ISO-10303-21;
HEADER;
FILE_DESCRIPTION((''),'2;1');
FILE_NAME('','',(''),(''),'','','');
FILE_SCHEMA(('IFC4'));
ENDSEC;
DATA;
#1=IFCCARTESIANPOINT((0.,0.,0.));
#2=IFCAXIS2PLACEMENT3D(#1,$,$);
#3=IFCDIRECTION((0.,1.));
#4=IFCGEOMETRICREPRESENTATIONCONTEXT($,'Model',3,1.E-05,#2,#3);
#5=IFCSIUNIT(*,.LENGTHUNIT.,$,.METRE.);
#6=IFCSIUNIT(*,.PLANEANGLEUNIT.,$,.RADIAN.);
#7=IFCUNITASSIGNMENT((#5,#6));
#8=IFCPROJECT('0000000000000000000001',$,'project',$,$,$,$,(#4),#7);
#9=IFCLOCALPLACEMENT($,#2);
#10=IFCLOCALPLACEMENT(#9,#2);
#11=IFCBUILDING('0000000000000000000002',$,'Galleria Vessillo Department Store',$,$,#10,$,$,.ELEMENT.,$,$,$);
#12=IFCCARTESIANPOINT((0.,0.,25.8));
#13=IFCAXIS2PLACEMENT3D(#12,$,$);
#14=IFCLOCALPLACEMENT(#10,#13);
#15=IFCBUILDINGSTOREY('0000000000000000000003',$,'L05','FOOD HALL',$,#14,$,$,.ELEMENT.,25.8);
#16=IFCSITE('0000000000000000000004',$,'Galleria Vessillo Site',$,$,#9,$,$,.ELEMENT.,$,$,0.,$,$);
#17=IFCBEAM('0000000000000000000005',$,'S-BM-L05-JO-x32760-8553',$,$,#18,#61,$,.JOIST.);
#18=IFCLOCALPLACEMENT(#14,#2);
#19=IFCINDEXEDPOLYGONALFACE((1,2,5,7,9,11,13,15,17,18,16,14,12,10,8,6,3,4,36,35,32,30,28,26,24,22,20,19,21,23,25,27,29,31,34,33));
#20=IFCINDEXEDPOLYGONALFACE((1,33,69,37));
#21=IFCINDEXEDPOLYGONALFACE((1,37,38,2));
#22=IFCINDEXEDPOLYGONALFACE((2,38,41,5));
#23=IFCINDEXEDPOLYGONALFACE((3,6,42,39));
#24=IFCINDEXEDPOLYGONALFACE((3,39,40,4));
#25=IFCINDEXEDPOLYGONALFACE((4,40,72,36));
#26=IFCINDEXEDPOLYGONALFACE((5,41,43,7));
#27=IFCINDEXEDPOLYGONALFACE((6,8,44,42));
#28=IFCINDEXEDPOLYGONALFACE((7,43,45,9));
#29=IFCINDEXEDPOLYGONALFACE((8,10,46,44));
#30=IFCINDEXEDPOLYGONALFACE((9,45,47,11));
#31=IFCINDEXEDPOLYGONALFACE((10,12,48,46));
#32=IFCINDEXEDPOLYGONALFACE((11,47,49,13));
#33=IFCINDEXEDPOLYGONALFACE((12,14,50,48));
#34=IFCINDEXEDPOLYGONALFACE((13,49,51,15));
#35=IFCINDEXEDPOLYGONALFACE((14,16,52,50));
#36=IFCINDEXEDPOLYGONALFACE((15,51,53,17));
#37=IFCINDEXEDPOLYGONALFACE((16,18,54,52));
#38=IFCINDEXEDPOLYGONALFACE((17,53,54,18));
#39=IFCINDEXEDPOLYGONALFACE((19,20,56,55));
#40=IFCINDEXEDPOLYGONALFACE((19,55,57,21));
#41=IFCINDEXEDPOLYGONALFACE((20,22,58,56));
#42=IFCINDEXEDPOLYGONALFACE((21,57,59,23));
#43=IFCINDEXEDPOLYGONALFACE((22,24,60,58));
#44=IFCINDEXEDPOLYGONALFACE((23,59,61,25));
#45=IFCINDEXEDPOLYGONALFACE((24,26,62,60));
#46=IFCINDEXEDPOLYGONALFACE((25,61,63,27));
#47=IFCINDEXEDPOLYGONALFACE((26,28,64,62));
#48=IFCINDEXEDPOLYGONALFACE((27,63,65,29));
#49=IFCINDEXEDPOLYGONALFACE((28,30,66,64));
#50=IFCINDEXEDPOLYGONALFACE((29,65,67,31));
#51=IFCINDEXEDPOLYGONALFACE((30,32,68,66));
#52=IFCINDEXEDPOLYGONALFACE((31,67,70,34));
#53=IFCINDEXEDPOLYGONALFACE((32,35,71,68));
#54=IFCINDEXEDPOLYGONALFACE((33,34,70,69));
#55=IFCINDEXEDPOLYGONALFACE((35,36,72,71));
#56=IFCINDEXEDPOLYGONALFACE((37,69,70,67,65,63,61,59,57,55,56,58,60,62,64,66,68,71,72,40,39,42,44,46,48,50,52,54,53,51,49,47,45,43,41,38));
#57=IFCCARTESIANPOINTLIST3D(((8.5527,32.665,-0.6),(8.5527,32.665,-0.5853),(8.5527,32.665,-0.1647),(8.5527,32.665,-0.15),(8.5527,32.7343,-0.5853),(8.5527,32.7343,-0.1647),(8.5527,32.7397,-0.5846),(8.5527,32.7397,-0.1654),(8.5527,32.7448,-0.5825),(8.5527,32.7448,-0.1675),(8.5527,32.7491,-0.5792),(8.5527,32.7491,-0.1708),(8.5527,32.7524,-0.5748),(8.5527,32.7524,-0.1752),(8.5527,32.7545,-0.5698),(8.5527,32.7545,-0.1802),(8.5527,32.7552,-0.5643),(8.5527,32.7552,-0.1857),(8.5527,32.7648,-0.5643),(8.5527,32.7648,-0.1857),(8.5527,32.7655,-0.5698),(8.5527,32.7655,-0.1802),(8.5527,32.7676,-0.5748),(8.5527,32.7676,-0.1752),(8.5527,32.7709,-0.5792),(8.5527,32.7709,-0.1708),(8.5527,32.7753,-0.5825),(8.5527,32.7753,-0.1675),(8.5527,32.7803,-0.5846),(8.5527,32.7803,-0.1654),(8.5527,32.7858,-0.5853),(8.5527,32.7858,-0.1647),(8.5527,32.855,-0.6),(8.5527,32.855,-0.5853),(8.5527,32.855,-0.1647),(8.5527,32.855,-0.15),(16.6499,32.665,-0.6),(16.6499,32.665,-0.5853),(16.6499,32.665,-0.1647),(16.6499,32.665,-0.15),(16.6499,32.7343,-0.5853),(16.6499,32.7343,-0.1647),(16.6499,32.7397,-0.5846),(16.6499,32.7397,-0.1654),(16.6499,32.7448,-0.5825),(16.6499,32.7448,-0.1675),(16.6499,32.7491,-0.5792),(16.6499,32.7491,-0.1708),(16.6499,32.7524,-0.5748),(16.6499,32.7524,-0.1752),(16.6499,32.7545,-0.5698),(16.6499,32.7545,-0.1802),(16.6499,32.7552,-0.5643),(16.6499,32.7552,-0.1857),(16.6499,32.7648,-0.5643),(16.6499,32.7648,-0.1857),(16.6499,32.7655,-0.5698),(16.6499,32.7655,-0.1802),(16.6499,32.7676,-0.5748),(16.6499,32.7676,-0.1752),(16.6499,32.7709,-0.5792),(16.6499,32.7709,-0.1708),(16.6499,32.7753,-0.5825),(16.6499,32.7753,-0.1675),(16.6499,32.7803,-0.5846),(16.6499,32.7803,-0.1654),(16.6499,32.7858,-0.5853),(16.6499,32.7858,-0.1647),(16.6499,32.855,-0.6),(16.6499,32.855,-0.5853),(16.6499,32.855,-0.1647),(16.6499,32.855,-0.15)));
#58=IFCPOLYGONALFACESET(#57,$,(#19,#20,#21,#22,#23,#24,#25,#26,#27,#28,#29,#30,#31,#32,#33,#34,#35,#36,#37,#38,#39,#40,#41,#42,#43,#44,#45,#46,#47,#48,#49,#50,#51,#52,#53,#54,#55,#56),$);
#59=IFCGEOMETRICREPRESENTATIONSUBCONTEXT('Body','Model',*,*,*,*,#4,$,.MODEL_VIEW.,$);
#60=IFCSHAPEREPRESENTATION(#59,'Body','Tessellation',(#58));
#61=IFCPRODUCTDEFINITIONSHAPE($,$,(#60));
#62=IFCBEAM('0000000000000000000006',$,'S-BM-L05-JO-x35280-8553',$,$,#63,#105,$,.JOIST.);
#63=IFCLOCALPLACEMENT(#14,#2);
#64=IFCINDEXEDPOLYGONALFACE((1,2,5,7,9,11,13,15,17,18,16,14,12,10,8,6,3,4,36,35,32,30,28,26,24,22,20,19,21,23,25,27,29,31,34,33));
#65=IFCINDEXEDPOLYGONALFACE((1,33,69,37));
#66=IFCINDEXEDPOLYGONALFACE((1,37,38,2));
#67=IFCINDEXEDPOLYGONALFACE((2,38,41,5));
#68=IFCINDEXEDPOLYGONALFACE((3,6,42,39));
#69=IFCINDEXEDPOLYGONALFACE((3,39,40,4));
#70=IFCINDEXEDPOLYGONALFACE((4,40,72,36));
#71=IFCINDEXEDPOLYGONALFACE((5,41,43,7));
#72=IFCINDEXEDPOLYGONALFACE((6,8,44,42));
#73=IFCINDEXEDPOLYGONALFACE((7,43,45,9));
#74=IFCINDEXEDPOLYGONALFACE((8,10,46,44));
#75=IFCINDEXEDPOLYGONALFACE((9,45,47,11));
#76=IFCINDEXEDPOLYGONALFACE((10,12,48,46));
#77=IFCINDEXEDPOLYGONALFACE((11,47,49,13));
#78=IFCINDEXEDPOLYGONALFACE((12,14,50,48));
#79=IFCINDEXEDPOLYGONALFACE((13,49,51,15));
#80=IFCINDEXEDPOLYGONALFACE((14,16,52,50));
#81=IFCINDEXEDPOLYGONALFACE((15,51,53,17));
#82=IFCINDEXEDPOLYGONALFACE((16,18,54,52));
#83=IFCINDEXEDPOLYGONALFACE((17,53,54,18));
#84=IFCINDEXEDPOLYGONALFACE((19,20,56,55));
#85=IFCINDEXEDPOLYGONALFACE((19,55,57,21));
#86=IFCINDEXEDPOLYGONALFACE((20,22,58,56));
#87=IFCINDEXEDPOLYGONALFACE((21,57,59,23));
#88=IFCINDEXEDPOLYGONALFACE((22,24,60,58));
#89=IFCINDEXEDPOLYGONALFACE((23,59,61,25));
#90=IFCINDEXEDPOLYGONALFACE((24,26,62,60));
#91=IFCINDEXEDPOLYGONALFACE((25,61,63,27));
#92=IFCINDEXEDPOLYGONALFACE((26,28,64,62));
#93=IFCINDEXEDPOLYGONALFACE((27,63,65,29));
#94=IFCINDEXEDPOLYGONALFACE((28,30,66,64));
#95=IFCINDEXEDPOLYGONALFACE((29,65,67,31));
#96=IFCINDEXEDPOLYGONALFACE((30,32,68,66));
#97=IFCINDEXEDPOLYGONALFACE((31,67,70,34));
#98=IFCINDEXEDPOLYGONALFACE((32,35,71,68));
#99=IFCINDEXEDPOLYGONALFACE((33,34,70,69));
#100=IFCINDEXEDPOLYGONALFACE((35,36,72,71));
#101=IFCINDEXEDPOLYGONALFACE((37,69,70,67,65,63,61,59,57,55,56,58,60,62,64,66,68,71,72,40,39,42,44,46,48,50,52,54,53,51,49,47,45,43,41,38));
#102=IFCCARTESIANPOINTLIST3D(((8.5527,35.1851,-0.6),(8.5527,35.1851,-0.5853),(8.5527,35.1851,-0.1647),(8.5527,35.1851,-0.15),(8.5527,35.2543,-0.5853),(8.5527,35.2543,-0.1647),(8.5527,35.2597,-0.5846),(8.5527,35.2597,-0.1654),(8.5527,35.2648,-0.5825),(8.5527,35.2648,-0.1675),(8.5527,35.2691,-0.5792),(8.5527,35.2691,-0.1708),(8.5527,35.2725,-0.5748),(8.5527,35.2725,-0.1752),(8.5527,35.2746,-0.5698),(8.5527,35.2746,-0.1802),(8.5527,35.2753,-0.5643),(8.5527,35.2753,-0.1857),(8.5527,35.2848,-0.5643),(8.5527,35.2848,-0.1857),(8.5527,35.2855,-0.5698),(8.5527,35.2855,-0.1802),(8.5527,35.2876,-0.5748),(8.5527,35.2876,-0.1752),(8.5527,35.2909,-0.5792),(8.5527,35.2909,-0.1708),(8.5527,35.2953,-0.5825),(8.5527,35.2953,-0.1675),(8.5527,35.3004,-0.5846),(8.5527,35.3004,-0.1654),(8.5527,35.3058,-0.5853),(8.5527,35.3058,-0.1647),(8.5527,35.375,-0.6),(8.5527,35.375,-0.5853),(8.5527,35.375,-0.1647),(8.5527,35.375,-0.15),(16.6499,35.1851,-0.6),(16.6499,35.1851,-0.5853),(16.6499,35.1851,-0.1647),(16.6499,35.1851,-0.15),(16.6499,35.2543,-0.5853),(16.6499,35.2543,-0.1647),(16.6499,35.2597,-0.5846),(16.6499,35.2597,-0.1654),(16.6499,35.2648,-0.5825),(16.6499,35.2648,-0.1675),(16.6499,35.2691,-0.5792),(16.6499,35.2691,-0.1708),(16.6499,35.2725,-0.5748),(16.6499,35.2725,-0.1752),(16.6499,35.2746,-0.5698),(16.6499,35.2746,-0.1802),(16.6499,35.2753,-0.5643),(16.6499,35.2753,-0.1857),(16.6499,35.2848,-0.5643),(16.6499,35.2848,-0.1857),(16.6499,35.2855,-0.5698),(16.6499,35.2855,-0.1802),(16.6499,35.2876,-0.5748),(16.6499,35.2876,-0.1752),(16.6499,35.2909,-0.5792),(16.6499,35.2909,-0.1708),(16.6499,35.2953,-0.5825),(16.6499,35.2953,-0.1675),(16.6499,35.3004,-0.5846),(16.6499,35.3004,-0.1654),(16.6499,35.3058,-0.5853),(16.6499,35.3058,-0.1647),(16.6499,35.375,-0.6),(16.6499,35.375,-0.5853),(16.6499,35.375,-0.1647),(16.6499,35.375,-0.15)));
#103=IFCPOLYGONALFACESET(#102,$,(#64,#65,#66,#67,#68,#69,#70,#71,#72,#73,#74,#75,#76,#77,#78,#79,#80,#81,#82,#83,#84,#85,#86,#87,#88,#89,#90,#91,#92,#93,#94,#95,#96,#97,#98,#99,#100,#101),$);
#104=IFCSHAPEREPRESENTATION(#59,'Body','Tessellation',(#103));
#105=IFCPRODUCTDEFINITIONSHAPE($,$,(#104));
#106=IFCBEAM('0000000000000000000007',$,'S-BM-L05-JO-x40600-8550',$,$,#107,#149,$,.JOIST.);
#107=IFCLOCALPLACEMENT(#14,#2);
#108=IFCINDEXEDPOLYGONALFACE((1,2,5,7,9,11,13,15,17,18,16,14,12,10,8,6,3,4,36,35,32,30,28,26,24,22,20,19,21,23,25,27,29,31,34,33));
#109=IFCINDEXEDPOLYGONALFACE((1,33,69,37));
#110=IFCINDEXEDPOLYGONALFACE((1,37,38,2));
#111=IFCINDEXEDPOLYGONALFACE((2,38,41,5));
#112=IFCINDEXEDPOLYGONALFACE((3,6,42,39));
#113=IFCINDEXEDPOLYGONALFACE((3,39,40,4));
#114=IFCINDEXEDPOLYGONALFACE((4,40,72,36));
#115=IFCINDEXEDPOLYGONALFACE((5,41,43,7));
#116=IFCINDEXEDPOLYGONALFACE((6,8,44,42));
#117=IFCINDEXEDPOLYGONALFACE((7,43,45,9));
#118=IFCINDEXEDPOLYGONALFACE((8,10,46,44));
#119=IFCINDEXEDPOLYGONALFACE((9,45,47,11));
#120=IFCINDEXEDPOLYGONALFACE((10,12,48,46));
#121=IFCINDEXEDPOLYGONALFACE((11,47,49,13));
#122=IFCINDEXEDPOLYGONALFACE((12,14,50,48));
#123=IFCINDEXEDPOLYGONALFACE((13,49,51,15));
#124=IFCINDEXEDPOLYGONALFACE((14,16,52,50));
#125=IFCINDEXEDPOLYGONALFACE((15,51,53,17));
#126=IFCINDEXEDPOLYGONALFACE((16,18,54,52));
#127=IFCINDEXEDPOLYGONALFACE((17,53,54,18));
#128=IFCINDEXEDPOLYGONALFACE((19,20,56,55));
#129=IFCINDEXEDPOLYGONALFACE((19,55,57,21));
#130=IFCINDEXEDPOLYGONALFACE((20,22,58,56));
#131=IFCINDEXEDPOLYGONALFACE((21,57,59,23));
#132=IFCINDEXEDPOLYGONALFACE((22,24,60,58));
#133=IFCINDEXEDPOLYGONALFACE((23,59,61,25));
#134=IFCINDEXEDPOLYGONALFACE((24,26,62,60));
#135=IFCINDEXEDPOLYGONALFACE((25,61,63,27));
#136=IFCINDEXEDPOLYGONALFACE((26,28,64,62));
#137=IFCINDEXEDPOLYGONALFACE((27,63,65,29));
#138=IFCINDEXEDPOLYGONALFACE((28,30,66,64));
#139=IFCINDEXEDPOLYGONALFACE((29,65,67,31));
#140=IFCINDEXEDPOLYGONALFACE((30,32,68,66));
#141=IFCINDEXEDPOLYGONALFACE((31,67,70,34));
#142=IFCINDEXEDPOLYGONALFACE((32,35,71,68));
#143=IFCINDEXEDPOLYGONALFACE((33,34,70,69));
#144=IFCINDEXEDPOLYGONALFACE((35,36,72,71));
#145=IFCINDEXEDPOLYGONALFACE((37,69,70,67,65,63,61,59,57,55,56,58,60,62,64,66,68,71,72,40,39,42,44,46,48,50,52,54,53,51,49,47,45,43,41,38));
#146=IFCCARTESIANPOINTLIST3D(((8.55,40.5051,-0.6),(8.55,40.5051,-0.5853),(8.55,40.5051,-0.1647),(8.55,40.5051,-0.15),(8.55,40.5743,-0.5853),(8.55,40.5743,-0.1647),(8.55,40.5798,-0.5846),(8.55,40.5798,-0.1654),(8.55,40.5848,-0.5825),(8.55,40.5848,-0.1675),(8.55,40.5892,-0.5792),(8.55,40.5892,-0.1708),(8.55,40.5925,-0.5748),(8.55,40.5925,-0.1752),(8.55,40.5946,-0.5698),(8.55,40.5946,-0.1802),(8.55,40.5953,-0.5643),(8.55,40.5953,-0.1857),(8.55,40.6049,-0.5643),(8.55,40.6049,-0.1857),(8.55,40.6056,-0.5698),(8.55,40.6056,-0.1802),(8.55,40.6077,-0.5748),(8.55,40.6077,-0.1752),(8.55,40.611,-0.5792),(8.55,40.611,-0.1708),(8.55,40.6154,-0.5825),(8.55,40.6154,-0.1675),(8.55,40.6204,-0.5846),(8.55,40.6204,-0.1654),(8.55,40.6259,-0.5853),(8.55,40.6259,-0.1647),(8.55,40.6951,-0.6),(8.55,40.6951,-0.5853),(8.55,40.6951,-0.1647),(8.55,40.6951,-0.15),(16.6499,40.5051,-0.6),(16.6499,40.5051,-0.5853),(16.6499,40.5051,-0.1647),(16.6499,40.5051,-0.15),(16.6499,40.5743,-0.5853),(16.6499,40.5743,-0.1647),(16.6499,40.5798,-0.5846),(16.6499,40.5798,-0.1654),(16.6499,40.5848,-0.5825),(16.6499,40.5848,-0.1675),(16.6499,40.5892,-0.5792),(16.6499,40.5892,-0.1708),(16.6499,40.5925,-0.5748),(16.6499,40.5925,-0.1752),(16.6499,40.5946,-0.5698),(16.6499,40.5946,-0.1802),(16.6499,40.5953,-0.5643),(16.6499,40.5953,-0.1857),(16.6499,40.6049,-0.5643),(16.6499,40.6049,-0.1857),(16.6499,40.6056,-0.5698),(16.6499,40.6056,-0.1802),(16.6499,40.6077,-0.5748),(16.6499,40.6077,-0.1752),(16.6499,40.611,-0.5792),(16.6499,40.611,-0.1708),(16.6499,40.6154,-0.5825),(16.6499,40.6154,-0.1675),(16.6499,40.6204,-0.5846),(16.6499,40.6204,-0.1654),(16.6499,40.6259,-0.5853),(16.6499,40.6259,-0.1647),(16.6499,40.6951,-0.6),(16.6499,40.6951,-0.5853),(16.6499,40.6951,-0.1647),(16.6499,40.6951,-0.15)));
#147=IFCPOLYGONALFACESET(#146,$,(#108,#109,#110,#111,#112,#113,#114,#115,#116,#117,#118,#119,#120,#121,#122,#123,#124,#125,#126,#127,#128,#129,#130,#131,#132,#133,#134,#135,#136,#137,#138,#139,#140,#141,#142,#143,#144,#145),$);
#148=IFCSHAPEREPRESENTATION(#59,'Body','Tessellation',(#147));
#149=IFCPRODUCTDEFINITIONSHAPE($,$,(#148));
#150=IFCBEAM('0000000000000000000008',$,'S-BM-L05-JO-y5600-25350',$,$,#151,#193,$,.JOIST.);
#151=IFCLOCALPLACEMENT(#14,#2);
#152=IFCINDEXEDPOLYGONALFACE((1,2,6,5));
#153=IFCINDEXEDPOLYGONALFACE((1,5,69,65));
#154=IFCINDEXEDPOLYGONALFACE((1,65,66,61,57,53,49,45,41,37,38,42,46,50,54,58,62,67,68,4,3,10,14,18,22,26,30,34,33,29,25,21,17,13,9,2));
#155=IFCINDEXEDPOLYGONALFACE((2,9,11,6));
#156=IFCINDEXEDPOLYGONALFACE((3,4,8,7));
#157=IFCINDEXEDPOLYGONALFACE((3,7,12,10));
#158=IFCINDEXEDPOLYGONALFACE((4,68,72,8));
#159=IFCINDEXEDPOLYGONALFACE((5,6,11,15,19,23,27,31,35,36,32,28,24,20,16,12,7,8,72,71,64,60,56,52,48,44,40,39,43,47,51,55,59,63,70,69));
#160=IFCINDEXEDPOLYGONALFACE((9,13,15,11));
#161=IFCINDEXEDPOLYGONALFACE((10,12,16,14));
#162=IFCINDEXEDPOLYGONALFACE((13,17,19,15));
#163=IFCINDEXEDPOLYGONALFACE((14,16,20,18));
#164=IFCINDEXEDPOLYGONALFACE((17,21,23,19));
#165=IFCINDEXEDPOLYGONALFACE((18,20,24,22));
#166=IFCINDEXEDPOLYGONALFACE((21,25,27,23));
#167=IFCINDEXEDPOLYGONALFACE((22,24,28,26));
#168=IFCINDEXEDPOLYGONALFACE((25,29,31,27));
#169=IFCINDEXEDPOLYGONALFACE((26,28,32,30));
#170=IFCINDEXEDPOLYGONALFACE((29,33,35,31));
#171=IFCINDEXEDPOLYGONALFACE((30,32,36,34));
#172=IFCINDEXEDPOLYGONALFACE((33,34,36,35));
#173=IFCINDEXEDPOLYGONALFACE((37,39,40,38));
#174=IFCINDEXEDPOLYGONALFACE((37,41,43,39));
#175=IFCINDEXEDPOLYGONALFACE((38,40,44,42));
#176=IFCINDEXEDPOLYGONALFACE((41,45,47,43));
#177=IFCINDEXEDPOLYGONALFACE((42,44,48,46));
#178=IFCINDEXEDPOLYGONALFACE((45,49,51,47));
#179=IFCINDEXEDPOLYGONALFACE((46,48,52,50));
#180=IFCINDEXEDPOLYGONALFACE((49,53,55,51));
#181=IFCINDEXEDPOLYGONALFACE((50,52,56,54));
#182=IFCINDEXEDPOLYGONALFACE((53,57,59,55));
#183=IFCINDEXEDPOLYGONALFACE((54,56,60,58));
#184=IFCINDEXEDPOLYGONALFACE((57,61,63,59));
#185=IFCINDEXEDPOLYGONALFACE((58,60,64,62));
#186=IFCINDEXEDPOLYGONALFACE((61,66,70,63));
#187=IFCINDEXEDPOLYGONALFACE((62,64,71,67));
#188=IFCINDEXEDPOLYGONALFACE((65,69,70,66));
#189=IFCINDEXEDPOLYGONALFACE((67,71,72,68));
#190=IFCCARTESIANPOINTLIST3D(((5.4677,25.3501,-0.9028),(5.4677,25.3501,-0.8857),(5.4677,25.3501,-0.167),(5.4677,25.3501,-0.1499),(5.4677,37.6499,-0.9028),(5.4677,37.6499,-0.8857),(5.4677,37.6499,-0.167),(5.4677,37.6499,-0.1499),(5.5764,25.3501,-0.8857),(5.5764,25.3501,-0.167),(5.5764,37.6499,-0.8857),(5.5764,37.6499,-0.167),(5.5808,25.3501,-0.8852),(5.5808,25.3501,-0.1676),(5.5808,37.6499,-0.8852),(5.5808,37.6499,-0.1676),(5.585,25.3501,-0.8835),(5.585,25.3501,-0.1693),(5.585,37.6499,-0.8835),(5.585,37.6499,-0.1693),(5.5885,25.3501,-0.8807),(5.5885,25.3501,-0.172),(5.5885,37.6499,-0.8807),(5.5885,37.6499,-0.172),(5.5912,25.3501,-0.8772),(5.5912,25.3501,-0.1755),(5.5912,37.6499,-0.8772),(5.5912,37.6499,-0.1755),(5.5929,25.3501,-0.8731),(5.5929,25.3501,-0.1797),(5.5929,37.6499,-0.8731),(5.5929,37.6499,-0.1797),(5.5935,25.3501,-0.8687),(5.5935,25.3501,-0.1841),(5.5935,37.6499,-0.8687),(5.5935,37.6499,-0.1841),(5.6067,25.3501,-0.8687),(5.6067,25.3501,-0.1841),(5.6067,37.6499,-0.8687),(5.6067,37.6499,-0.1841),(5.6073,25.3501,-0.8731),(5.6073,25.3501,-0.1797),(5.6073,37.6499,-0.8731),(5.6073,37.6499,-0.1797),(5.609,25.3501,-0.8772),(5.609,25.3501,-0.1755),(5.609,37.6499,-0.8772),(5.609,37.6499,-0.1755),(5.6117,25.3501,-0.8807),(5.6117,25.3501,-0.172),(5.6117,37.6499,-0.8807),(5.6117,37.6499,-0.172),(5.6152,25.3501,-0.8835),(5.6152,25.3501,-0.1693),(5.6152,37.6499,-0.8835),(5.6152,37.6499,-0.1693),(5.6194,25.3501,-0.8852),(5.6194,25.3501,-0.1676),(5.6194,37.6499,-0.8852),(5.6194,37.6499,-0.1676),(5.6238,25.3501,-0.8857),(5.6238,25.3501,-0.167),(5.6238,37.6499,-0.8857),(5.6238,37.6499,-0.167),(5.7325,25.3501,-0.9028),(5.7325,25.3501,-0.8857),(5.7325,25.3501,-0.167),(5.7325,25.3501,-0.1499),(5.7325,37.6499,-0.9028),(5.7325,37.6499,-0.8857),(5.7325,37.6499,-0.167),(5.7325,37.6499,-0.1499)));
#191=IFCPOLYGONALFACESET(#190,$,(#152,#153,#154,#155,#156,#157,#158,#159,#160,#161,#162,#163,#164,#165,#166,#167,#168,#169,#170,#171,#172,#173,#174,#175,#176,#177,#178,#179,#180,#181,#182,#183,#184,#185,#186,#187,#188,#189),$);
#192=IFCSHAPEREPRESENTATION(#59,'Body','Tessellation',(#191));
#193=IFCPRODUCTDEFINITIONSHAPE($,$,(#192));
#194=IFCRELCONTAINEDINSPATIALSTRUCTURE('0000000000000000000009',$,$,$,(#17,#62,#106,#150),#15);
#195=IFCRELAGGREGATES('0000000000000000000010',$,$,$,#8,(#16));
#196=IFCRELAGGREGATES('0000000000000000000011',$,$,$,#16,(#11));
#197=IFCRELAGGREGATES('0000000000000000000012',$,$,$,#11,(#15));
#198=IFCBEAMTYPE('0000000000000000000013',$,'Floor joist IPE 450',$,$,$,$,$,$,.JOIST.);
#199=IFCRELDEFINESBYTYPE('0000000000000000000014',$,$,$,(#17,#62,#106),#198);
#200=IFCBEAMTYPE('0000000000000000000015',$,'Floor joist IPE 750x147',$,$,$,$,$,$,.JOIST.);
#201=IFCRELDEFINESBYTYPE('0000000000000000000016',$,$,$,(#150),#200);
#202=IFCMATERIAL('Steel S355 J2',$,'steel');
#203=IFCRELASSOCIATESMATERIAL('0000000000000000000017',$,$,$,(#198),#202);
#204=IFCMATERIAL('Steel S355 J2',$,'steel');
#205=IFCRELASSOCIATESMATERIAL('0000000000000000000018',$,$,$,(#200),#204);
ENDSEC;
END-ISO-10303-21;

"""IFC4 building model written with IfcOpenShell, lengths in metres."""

from ifc_helpers import new_model, si_unit, direction, frame, origin, origin_2d, place, context, subcontext, project, spatial, i_section, extrude, material, material_profile, profile_set, type_object, element, save


model = new_model("IFC4")

# Units and contexts
model_context = context("Model", 3, precision=1e-05, world=origin(), true_north=direction((0.0, 1.0)))
body_context = subcontext(model_context, "Body", "Model", "MODEL_VIEW")
ifc_project = project(units=[si_unit("LENGTHUNIT", "METRE"), si_unit("PLANEANGLEUNIT", "RADIAN")], contexts=[model_context])

# Site, building, storey
site_placement = place(None, origin())
site = spatial("IfcSite", under=ifc_project, at=site_placement, Name="Galleria Vessillo Site", CompositionType="ELEMENT", RefElevation=0.0)
building_placement = place(site_placement, origin())
building = spatial("IfcBuilding", under=site, at=building_placement, Name="Galleria Vessillo Department Store", CompositionType="ELEMENT")
storey_placement = place(building_placement, frame((0.0, 0.0, 25.8)))
storey = spatial("IfcBuildingStorey", under=building, at=storey_placement, Name="L05", Description="FOOD HALL", CompositionType="ELEMENT", Elevation=25.8)

# Beams
ifc_material_1 = material(Name="Steel S355 J2", Category="steel")
ifc_material_profile_1 = material_profile(ifc_material_1, i_section(OverallWidth=0.1899, OverallDepth=0.45, WebThickness=0.0095, FlangeThickness=0.0146, FilletRadius=0.021, at=origin_2d()), Name="IPE 450")
ifc_profile_set_1 = profile_set([ifc_material_profile_1], Name="Steel S355 J2")
beam_type_1 = type_object("IfcBeamType", Name="Floor joist IPE 450", PredefinedType="JOIST", material=ifc_profile_set_1)
for number, where, z_axis, x_axis, name in (
    (1, (8.5527, 32.76, -0.375), (1.0, 0.0, 0.0), (0.0, 1.0, 0.0), "S-BM-L05-JO-x32760-8553"),
    (2, (8.5527, 35.28, -0.375), (1.0, 0.0, 0.0), (0.0, 1.0, 0.0), "S-BM-L05-JO-x35280-8553"),
):
    element("IfcBeam", number, at=place(storey_placement, frame(where, z_axis=z_axis, x_axis=x_axis)), inside=storey, type_object=beam_type_1, Name=name, PredefinedType="JOIST", context=body_context, shape_type="SweptSolid", body=[
        extrude(i_section(OverallWidth=0.1899, OverallDepth=0.45, WebThickness=0.0095, FlangeThickness=0.0146, FilletRadius=0.021, at=origin_2d()), origin(), (0.0, 0.0, 1.0), 8.0972),
    ])
beam_1_placement = place(storey_placement, frame((8.55, 40.6001, -0.375), z_axis=(1.0, 0.0, 0.0), x_axis=(0.0, 1.0, 0.0)))
element("IfcBeam", 3, at=beam_1_placement, inside=storey, type_object=beam_type_1, Name="S-BM-L05-JO-x40600-8550", PredefinedType="JOIST", context=body_context, shape_type="SweptSolid", body=[
    extrude(i_section(OverallWidth=0.1899, OverallDepth=0.45, WebThickness=0.0095, FlangeThickness=0.0146, FilletRadius=0.021, at=origin_2d()), origin(), (0.0, 0.0, 1.0), 8.0999),
])
ifc_material_2 = material(Name="Steel S355 J2", Category="steel")
ifc_material_profile_2 = material_profile(ifc_material_2, i_section(OverallWidth=0.2649, OverallDepth=0.7529, WebThickness=0.0132, FlangeThickness=0.0171, FilletRadius=0.0171, at=origin_2d()), Name="IPE 750x147")
ifc_profile_set_2 = profile_set([ifc_material_profile_2], Name="Steel S355 J2")
beam_type_2 = type_object("IfcBeamType", Name="Floor joist IPE 750x147", PredefinedType="JOIST", material=ifc_profile_set_2)
beam_2_placement = place(storey_placement, frame((5.6001, 25.3501, -0.5264), z_axis=(0.0, 1.0, 0.0), x_axis=(-1.0, 0.0, 0.0)))
element("IfcBeam", 4, at=beam_2_placement, inside=storey, type_object=beam_type_2, Name="S-BM-L05-JO-y5600-25350", PredefinedType="JOIST", context=body_context, shape_type="SweptSolid", body=[
    extrude(i_section(OverallWidth=0.2649, OverallDepth=0.7529, WebThickness=0.0132, FlangeThickness=0.0171, FilletRadius=0.0171, at=origin_2d()), origin(), (0.0, 0.0, 1.0), 12.2998),
])

save(model, "model.ifc")
